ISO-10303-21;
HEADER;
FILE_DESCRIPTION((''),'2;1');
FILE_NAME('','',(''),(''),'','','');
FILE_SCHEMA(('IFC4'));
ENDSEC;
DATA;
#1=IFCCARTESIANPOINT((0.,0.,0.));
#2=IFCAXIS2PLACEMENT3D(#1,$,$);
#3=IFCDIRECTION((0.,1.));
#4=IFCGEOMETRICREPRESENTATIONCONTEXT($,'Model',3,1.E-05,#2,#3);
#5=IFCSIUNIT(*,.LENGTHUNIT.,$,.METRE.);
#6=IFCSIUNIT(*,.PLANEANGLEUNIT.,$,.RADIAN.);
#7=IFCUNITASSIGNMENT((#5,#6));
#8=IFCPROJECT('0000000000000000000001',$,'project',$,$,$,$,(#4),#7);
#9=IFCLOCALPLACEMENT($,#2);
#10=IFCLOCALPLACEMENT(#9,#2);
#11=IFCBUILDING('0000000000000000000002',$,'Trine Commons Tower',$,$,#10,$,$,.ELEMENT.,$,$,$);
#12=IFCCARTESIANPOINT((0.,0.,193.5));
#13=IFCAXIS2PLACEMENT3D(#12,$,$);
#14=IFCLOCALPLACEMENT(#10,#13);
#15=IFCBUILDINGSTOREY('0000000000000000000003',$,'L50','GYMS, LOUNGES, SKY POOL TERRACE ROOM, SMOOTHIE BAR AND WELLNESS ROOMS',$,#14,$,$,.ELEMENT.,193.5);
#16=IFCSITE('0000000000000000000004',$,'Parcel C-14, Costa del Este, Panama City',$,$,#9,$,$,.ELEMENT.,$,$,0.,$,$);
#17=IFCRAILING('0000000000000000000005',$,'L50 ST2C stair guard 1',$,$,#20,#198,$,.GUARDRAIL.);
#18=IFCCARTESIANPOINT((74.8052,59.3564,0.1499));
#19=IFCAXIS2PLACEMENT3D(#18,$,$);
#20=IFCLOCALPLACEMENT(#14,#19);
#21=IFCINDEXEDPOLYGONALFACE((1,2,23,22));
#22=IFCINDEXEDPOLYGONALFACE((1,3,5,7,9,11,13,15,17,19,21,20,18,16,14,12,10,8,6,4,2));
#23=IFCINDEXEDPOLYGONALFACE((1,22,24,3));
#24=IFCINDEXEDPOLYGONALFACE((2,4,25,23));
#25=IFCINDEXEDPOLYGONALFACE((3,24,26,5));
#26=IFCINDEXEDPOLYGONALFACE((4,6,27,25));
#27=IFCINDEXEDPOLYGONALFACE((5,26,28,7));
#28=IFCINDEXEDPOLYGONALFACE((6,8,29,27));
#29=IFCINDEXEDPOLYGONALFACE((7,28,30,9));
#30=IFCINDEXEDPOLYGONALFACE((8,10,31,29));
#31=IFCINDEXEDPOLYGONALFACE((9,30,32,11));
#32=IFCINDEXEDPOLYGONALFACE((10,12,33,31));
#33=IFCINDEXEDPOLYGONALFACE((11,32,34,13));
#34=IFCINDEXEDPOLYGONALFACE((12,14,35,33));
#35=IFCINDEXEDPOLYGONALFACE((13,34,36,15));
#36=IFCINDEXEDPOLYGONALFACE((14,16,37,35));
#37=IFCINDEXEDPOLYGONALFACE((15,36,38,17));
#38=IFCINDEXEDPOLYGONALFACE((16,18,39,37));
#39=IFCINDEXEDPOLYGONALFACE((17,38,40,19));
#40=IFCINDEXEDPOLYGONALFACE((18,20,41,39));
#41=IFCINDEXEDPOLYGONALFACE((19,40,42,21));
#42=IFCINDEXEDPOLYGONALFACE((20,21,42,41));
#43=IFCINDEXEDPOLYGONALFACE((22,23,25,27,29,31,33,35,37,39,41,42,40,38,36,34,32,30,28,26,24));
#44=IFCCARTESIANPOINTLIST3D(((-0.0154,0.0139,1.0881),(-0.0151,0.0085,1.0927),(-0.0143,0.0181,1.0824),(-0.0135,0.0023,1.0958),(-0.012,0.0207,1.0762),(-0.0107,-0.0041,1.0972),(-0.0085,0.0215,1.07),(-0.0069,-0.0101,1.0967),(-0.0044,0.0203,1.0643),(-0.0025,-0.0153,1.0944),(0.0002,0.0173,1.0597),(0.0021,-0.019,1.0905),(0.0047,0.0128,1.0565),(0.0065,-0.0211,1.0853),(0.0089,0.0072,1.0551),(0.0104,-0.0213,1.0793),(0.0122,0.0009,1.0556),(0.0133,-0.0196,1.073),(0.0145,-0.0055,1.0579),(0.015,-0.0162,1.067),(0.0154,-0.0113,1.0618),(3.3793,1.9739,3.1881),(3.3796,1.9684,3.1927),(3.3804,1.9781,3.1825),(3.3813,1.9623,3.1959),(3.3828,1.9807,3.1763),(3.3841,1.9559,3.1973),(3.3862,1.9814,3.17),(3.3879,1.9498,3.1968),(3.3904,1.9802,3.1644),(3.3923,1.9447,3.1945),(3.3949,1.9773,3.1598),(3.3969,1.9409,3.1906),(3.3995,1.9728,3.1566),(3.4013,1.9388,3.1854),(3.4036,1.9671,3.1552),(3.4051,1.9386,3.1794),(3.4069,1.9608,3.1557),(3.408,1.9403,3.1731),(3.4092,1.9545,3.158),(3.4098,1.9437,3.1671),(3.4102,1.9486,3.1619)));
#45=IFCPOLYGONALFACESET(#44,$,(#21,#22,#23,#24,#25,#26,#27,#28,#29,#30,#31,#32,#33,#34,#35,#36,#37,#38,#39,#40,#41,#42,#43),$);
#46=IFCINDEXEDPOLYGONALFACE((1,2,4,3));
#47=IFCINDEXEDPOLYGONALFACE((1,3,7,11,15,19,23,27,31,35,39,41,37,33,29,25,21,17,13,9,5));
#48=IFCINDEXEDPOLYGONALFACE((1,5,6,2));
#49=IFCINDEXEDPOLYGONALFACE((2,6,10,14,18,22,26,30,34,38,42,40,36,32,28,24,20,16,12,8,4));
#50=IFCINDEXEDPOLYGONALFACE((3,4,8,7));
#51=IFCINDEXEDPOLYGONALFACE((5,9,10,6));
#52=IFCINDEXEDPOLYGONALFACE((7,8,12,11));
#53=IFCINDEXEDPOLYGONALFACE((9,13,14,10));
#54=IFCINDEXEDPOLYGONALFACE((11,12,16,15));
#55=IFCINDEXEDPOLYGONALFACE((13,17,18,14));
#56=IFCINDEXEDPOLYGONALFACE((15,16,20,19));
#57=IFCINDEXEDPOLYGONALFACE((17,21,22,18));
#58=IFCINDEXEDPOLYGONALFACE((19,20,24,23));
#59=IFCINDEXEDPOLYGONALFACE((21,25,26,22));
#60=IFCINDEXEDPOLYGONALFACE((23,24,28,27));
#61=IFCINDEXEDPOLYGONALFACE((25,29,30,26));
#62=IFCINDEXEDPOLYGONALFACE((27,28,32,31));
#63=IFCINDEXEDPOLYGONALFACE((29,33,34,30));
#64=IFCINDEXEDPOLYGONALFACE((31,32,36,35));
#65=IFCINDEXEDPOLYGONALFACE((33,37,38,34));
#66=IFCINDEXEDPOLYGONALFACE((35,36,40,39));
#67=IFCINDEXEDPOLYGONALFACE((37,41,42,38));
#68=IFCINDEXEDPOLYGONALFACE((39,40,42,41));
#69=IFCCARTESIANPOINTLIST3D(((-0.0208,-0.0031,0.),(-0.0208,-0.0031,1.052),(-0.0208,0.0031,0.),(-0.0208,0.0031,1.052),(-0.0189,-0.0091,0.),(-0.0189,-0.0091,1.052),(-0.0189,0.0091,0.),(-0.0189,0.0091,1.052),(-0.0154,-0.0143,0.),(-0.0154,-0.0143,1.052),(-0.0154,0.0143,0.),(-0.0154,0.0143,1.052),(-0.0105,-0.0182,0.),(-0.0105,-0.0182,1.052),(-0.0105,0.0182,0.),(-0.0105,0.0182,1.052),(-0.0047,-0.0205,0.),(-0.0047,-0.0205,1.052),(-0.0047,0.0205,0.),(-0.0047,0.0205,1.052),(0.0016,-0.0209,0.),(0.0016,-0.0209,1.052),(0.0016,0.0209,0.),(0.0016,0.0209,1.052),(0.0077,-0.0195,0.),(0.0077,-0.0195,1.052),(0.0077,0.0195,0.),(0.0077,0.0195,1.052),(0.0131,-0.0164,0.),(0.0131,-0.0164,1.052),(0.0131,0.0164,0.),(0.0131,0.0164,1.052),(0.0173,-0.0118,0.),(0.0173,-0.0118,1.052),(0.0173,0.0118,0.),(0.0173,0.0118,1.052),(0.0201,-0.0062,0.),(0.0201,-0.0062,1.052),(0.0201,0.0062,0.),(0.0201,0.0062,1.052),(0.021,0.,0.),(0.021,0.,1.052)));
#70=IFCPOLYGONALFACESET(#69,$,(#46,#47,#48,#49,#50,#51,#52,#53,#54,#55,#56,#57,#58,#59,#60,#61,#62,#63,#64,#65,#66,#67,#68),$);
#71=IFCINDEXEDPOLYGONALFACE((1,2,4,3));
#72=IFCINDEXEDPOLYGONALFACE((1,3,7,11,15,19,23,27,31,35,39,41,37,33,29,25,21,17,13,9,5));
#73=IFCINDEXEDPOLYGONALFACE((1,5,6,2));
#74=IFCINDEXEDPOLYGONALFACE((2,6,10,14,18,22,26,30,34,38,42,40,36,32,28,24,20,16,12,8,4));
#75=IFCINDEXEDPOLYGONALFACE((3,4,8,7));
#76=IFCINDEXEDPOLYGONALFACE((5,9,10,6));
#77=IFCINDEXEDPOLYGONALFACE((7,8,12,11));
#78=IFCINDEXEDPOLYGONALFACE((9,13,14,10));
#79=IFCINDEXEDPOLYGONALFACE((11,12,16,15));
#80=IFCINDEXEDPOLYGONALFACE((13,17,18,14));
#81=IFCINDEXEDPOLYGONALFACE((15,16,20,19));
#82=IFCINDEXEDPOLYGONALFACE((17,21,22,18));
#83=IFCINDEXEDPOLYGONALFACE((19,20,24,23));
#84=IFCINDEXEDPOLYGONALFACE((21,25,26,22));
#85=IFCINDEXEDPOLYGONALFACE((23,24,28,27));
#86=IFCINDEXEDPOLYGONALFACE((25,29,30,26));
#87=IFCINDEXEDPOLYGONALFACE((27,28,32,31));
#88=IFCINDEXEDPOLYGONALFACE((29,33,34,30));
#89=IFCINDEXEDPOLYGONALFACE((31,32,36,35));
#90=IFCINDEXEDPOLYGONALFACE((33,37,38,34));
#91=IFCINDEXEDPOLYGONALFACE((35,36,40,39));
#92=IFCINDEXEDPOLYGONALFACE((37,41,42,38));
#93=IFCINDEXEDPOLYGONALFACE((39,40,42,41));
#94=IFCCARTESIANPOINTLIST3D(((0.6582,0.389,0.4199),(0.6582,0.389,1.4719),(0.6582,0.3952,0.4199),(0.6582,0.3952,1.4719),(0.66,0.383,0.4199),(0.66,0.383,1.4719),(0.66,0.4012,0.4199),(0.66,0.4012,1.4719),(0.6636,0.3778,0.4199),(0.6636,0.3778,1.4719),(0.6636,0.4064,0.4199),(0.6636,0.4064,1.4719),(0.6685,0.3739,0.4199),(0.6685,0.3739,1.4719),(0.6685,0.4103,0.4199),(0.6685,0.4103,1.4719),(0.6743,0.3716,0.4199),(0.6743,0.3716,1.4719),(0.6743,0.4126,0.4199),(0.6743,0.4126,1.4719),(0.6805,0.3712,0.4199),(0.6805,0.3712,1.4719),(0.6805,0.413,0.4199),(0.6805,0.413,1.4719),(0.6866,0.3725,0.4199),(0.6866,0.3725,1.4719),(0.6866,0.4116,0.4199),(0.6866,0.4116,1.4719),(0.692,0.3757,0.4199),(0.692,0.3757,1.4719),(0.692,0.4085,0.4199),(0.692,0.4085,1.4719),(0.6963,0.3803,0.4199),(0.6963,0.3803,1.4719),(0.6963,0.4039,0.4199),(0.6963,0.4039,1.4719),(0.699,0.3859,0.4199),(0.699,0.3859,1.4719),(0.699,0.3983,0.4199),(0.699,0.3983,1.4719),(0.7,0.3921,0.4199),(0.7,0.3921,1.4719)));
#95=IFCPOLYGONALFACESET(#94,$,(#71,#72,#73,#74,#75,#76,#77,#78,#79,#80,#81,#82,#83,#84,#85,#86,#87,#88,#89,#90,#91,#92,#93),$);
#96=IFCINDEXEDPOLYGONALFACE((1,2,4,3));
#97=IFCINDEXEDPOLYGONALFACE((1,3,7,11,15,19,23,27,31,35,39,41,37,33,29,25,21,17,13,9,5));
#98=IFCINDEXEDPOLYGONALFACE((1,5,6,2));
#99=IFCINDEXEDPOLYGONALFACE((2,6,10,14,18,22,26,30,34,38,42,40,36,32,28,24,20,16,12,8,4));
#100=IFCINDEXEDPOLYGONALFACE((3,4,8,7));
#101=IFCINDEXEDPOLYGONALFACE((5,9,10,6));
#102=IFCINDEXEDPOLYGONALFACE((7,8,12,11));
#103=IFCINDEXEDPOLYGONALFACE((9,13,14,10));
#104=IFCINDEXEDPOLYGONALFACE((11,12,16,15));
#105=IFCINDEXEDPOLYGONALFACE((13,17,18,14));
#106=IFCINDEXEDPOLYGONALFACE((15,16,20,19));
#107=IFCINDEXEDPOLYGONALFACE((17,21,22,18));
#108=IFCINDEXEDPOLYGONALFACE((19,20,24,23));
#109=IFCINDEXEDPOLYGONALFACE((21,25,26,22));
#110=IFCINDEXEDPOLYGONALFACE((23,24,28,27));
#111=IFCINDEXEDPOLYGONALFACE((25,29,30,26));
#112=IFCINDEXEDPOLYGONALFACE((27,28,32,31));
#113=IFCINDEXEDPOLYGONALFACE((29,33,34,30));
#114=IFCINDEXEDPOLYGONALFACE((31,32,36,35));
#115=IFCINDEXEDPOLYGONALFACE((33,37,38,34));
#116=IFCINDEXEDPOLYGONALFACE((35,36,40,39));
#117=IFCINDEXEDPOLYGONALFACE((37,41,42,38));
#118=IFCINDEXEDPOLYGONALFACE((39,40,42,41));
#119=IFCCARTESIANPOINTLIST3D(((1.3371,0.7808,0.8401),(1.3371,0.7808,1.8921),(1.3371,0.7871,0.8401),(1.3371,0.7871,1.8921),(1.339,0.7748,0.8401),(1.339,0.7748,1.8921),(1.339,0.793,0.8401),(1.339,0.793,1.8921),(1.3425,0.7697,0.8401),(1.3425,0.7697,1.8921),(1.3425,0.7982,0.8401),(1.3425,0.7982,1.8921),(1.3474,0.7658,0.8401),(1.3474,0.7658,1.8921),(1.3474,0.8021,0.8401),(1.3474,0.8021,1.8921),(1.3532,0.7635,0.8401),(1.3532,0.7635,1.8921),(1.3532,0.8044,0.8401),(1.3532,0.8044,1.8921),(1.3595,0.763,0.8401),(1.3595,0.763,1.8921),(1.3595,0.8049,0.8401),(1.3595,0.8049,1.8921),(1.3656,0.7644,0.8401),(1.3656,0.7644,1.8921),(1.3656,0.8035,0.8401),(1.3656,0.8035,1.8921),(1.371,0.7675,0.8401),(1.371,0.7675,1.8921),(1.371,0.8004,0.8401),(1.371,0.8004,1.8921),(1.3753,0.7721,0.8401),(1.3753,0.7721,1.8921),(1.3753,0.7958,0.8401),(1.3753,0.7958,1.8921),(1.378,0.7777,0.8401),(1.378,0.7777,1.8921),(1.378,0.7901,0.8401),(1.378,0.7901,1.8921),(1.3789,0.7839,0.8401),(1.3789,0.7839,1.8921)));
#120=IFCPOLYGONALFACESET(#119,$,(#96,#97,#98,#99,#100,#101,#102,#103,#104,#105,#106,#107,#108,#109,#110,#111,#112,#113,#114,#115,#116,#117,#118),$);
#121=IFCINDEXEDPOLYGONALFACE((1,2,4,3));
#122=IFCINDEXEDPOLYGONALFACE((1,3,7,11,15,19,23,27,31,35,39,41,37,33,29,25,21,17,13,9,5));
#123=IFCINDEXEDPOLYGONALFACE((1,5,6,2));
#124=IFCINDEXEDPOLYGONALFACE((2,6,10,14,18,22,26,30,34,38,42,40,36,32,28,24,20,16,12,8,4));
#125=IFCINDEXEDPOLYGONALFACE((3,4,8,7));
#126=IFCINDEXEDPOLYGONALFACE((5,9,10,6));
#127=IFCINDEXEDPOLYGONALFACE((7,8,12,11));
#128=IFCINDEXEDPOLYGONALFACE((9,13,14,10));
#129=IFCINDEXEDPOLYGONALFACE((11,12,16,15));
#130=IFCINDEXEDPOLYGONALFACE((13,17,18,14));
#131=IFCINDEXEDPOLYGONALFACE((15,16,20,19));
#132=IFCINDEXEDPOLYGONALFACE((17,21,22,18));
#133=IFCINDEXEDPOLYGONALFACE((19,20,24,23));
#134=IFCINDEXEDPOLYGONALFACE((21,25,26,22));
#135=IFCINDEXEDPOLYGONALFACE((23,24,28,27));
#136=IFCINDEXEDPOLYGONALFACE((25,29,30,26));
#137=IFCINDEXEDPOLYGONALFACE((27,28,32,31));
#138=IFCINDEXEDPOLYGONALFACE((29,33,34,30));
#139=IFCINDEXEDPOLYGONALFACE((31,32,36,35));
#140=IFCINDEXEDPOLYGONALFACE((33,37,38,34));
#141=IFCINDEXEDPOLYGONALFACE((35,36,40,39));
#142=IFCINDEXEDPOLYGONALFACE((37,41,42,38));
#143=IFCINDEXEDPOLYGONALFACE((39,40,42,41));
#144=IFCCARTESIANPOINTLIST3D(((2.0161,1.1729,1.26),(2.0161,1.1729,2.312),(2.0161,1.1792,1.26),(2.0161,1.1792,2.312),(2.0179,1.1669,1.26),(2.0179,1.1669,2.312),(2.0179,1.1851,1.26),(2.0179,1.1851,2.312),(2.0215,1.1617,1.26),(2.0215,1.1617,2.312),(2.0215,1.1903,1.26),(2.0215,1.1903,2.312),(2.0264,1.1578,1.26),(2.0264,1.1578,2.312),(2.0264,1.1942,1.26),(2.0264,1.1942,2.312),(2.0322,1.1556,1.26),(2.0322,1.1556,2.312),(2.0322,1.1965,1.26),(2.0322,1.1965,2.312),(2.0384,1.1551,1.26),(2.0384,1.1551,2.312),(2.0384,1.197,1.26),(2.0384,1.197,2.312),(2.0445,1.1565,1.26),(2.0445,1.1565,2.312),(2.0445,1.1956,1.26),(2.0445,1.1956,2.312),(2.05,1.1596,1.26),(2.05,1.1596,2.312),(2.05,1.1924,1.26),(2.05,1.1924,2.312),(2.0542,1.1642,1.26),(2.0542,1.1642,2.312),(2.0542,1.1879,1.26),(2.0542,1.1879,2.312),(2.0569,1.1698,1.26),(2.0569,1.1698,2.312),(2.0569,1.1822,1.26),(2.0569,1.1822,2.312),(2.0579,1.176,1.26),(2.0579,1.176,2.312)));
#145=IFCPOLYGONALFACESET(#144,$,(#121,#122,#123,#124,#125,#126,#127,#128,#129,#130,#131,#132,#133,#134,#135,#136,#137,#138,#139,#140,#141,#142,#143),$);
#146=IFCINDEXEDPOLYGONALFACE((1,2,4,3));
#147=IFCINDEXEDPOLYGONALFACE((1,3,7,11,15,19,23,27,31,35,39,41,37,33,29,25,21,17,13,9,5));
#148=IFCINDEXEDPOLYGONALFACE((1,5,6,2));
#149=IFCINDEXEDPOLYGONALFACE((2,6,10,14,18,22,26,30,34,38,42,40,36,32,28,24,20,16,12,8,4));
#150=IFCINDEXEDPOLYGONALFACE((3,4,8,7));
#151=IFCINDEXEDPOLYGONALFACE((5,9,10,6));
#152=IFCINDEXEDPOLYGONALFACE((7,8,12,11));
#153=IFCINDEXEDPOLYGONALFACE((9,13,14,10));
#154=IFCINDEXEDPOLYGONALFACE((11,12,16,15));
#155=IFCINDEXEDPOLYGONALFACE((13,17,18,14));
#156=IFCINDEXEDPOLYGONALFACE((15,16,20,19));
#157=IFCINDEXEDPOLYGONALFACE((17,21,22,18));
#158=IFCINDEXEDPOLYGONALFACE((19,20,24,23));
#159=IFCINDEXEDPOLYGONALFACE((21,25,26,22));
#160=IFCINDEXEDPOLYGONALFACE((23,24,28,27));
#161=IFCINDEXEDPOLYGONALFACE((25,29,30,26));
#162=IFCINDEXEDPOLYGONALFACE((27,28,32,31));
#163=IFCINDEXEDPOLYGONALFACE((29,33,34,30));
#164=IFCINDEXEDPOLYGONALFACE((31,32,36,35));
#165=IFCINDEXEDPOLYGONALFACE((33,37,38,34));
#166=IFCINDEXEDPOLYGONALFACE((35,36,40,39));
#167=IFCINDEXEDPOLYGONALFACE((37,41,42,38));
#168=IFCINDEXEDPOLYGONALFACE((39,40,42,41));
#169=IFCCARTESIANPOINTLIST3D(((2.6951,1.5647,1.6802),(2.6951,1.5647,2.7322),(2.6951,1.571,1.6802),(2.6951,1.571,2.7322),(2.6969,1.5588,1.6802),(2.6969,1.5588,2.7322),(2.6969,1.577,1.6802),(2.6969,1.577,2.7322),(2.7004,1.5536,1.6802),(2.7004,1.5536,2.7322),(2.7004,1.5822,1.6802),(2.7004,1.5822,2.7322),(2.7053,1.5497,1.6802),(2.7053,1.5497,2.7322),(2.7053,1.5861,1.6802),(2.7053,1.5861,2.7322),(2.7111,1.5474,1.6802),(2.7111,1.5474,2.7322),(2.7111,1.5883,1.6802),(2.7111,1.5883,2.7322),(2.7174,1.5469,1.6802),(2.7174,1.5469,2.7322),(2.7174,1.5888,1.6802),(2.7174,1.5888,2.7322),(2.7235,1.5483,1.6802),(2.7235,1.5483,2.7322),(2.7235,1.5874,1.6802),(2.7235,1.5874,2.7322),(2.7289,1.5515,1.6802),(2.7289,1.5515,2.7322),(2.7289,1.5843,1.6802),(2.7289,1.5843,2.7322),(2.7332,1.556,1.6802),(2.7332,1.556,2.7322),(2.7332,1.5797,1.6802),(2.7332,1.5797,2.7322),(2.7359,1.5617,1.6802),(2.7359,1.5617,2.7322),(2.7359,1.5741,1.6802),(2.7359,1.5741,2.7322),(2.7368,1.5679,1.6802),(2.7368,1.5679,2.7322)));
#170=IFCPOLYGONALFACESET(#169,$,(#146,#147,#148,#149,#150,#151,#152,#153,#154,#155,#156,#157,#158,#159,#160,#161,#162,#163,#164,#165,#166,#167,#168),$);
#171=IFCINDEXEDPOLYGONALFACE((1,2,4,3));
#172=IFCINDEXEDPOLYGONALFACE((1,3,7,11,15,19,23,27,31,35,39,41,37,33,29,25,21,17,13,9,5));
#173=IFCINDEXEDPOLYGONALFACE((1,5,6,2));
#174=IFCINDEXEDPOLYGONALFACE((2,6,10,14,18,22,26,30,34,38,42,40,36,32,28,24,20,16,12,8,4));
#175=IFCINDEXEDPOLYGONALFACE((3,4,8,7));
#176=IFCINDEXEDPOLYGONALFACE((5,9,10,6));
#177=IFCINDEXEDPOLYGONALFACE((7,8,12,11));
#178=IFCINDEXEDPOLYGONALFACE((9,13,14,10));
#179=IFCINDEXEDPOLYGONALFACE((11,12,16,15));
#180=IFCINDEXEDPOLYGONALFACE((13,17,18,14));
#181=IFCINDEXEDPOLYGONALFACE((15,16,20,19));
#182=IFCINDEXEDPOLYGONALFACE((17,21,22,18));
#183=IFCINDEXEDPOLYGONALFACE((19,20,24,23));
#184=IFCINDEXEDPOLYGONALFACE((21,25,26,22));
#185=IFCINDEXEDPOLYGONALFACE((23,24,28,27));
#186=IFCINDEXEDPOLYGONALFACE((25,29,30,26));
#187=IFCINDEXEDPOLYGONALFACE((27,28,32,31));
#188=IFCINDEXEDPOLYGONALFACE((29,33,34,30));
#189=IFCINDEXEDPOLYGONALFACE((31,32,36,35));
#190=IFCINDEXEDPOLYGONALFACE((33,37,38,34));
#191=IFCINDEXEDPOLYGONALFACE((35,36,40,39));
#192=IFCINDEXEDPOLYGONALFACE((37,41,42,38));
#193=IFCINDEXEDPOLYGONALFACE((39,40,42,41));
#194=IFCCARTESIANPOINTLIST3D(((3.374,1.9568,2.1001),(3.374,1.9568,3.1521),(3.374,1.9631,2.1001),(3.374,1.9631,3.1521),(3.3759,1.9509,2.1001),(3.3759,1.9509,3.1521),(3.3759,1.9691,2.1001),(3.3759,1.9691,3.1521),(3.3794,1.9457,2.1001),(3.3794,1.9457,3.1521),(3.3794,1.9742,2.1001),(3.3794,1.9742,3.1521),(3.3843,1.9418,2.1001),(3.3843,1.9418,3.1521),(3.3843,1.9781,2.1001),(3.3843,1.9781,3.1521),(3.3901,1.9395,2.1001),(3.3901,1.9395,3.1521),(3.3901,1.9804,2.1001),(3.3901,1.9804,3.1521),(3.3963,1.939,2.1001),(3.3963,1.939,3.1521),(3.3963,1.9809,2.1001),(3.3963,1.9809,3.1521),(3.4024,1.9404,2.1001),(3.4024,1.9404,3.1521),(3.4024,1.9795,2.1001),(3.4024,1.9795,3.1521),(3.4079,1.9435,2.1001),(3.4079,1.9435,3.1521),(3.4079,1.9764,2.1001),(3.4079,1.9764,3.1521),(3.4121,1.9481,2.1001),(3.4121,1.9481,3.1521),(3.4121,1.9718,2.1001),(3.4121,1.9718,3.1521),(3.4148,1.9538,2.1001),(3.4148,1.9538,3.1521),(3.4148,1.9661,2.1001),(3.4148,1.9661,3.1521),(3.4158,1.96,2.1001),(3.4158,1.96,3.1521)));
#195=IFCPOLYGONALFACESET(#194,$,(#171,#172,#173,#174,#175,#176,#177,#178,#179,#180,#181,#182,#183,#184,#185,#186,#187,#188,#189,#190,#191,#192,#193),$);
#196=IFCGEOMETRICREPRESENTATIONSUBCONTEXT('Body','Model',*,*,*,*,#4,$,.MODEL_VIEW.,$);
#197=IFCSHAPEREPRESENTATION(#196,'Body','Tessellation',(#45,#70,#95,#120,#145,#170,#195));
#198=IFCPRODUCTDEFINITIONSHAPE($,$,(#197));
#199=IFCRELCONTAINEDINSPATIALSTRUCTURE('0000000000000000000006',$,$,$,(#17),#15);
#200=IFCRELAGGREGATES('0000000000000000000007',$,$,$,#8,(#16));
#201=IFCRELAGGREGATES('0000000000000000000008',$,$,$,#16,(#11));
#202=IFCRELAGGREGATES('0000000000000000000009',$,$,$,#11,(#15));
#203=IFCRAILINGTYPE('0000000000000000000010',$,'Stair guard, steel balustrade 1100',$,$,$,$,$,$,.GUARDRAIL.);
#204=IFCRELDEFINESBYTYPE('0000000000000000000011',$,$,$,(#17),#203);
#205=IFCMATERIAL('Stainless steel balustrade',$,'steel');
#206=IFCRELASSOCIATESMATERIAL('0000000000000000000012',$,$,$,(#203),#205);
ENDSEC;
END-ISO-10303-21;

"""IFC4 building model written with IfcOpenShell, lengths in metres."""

from ifc_helpers import new_model, si_unit, direction, frame, origin, origin_2d, place, context, subcontext, project, spatial, circle, extrude, material, type_object, element, save


model = new_model("IFC4")

# Units and contexts
model_context = context("Model", 3, precision=1e-05, world=origin(), true_north=direction((0.0, 1.0)))
body_context = subcontext(model_context, "Body", "Model", "MODEL_VIEW")
ifc_project = project(units=[si_unit("LENGTHUNIT", "METRE"), si_unit("PLANEANGLEUNIT", "RADIAN")], contexts=[model_context])

# Site, building, storey
site_placement = place(None, origin())
site = spatial("IfcSite", under=ifc_project, at=site_placement, Name="Parcel C-14, Costa del Este, Panama City", CompositionType="ELEMENT", RefElevation=0.0)
building_placement = place(site_placement, origin())
building = spatial("IfcBuilding", under=site, at=building_placement, Name="Trine Commons Tower", CompositionType="ELEMENT")
storey_placement = place(building_placement, frame((0.0, 0.0, 193.5)))
storey = spatial("IfcBuildingStorey", under=building, at=storey_placement, Name="L50", Description="GYMS, LOUNGES, SKY POOL TERRACE ROOM, SMOOTHIE BAR AND WELLNESS ROOMS", CompositionType="ELEMENT", Elevation=193.5)

# Railing
ifc_material_1 = material(Name="Stainless steel balustrade", Category="steel")
railing_type_1 = type_object("IfcRailingType", Name="Stair guard, steel balustrade 1100", PredefinedType="GUARDRAIL", material=ifc_material_1)
railing_1_placement = place(storey_placement, frame((74.8052, 59.3564, 0.1499)))
element("IfcRailing", 1, at=railing_1_placement, inside=storey, type_object=railing_type_1, Name="L50 ST2C stair guard 1", PredefinedType="GUARDRAIL", context=body_context, shape_type="SweptSolid", body=[
    extrude(circle(Radius=0.0239, at=origin_2d()), frame((0.0, 0.0, 1.0762), z_axis=(0.763375, 0.440732, 0.472244), x_axis=(-0.499997, 0.866027, 0.0)), (0.0, 0.0, 1.0), 4.447),
    extrude(circle(Radius=0.021, at=origin_2d()), origin(), (0.0, 0.0, 1.0), 1.052),
    extrude(circle(Radius=0.021, at=origin_2d()), frame((0.679, 0.3921, 0.4199)), (0.0, 0.0, 1.0), 1.052),
    extrude(circle(Radius=0.021, at=origin_2d()), frame((1.3579, 0.7839, 0.8401)), (0.0, 0.0, 1.0), 1.052),
    extrude(circle(Radius=0.021, at=origin_2d()), frame((2.0369, 1.176, 1.26)), (0.0, 0.0, 1.0), 1.052),
    extrude(circle(Radius=0.021, at=origin_2d()), frame((2.7158, 1.5679, 1.6802)), (0.0, 0.0, 1.0), 1.052),
    extrude(circle(Radius=0.021, at=origin_2d()), frame((3.3948, 1.96, 2.1001)), (0.0, 0.0, 1.0), 1.052),
])

save(model, "model.ifc")
